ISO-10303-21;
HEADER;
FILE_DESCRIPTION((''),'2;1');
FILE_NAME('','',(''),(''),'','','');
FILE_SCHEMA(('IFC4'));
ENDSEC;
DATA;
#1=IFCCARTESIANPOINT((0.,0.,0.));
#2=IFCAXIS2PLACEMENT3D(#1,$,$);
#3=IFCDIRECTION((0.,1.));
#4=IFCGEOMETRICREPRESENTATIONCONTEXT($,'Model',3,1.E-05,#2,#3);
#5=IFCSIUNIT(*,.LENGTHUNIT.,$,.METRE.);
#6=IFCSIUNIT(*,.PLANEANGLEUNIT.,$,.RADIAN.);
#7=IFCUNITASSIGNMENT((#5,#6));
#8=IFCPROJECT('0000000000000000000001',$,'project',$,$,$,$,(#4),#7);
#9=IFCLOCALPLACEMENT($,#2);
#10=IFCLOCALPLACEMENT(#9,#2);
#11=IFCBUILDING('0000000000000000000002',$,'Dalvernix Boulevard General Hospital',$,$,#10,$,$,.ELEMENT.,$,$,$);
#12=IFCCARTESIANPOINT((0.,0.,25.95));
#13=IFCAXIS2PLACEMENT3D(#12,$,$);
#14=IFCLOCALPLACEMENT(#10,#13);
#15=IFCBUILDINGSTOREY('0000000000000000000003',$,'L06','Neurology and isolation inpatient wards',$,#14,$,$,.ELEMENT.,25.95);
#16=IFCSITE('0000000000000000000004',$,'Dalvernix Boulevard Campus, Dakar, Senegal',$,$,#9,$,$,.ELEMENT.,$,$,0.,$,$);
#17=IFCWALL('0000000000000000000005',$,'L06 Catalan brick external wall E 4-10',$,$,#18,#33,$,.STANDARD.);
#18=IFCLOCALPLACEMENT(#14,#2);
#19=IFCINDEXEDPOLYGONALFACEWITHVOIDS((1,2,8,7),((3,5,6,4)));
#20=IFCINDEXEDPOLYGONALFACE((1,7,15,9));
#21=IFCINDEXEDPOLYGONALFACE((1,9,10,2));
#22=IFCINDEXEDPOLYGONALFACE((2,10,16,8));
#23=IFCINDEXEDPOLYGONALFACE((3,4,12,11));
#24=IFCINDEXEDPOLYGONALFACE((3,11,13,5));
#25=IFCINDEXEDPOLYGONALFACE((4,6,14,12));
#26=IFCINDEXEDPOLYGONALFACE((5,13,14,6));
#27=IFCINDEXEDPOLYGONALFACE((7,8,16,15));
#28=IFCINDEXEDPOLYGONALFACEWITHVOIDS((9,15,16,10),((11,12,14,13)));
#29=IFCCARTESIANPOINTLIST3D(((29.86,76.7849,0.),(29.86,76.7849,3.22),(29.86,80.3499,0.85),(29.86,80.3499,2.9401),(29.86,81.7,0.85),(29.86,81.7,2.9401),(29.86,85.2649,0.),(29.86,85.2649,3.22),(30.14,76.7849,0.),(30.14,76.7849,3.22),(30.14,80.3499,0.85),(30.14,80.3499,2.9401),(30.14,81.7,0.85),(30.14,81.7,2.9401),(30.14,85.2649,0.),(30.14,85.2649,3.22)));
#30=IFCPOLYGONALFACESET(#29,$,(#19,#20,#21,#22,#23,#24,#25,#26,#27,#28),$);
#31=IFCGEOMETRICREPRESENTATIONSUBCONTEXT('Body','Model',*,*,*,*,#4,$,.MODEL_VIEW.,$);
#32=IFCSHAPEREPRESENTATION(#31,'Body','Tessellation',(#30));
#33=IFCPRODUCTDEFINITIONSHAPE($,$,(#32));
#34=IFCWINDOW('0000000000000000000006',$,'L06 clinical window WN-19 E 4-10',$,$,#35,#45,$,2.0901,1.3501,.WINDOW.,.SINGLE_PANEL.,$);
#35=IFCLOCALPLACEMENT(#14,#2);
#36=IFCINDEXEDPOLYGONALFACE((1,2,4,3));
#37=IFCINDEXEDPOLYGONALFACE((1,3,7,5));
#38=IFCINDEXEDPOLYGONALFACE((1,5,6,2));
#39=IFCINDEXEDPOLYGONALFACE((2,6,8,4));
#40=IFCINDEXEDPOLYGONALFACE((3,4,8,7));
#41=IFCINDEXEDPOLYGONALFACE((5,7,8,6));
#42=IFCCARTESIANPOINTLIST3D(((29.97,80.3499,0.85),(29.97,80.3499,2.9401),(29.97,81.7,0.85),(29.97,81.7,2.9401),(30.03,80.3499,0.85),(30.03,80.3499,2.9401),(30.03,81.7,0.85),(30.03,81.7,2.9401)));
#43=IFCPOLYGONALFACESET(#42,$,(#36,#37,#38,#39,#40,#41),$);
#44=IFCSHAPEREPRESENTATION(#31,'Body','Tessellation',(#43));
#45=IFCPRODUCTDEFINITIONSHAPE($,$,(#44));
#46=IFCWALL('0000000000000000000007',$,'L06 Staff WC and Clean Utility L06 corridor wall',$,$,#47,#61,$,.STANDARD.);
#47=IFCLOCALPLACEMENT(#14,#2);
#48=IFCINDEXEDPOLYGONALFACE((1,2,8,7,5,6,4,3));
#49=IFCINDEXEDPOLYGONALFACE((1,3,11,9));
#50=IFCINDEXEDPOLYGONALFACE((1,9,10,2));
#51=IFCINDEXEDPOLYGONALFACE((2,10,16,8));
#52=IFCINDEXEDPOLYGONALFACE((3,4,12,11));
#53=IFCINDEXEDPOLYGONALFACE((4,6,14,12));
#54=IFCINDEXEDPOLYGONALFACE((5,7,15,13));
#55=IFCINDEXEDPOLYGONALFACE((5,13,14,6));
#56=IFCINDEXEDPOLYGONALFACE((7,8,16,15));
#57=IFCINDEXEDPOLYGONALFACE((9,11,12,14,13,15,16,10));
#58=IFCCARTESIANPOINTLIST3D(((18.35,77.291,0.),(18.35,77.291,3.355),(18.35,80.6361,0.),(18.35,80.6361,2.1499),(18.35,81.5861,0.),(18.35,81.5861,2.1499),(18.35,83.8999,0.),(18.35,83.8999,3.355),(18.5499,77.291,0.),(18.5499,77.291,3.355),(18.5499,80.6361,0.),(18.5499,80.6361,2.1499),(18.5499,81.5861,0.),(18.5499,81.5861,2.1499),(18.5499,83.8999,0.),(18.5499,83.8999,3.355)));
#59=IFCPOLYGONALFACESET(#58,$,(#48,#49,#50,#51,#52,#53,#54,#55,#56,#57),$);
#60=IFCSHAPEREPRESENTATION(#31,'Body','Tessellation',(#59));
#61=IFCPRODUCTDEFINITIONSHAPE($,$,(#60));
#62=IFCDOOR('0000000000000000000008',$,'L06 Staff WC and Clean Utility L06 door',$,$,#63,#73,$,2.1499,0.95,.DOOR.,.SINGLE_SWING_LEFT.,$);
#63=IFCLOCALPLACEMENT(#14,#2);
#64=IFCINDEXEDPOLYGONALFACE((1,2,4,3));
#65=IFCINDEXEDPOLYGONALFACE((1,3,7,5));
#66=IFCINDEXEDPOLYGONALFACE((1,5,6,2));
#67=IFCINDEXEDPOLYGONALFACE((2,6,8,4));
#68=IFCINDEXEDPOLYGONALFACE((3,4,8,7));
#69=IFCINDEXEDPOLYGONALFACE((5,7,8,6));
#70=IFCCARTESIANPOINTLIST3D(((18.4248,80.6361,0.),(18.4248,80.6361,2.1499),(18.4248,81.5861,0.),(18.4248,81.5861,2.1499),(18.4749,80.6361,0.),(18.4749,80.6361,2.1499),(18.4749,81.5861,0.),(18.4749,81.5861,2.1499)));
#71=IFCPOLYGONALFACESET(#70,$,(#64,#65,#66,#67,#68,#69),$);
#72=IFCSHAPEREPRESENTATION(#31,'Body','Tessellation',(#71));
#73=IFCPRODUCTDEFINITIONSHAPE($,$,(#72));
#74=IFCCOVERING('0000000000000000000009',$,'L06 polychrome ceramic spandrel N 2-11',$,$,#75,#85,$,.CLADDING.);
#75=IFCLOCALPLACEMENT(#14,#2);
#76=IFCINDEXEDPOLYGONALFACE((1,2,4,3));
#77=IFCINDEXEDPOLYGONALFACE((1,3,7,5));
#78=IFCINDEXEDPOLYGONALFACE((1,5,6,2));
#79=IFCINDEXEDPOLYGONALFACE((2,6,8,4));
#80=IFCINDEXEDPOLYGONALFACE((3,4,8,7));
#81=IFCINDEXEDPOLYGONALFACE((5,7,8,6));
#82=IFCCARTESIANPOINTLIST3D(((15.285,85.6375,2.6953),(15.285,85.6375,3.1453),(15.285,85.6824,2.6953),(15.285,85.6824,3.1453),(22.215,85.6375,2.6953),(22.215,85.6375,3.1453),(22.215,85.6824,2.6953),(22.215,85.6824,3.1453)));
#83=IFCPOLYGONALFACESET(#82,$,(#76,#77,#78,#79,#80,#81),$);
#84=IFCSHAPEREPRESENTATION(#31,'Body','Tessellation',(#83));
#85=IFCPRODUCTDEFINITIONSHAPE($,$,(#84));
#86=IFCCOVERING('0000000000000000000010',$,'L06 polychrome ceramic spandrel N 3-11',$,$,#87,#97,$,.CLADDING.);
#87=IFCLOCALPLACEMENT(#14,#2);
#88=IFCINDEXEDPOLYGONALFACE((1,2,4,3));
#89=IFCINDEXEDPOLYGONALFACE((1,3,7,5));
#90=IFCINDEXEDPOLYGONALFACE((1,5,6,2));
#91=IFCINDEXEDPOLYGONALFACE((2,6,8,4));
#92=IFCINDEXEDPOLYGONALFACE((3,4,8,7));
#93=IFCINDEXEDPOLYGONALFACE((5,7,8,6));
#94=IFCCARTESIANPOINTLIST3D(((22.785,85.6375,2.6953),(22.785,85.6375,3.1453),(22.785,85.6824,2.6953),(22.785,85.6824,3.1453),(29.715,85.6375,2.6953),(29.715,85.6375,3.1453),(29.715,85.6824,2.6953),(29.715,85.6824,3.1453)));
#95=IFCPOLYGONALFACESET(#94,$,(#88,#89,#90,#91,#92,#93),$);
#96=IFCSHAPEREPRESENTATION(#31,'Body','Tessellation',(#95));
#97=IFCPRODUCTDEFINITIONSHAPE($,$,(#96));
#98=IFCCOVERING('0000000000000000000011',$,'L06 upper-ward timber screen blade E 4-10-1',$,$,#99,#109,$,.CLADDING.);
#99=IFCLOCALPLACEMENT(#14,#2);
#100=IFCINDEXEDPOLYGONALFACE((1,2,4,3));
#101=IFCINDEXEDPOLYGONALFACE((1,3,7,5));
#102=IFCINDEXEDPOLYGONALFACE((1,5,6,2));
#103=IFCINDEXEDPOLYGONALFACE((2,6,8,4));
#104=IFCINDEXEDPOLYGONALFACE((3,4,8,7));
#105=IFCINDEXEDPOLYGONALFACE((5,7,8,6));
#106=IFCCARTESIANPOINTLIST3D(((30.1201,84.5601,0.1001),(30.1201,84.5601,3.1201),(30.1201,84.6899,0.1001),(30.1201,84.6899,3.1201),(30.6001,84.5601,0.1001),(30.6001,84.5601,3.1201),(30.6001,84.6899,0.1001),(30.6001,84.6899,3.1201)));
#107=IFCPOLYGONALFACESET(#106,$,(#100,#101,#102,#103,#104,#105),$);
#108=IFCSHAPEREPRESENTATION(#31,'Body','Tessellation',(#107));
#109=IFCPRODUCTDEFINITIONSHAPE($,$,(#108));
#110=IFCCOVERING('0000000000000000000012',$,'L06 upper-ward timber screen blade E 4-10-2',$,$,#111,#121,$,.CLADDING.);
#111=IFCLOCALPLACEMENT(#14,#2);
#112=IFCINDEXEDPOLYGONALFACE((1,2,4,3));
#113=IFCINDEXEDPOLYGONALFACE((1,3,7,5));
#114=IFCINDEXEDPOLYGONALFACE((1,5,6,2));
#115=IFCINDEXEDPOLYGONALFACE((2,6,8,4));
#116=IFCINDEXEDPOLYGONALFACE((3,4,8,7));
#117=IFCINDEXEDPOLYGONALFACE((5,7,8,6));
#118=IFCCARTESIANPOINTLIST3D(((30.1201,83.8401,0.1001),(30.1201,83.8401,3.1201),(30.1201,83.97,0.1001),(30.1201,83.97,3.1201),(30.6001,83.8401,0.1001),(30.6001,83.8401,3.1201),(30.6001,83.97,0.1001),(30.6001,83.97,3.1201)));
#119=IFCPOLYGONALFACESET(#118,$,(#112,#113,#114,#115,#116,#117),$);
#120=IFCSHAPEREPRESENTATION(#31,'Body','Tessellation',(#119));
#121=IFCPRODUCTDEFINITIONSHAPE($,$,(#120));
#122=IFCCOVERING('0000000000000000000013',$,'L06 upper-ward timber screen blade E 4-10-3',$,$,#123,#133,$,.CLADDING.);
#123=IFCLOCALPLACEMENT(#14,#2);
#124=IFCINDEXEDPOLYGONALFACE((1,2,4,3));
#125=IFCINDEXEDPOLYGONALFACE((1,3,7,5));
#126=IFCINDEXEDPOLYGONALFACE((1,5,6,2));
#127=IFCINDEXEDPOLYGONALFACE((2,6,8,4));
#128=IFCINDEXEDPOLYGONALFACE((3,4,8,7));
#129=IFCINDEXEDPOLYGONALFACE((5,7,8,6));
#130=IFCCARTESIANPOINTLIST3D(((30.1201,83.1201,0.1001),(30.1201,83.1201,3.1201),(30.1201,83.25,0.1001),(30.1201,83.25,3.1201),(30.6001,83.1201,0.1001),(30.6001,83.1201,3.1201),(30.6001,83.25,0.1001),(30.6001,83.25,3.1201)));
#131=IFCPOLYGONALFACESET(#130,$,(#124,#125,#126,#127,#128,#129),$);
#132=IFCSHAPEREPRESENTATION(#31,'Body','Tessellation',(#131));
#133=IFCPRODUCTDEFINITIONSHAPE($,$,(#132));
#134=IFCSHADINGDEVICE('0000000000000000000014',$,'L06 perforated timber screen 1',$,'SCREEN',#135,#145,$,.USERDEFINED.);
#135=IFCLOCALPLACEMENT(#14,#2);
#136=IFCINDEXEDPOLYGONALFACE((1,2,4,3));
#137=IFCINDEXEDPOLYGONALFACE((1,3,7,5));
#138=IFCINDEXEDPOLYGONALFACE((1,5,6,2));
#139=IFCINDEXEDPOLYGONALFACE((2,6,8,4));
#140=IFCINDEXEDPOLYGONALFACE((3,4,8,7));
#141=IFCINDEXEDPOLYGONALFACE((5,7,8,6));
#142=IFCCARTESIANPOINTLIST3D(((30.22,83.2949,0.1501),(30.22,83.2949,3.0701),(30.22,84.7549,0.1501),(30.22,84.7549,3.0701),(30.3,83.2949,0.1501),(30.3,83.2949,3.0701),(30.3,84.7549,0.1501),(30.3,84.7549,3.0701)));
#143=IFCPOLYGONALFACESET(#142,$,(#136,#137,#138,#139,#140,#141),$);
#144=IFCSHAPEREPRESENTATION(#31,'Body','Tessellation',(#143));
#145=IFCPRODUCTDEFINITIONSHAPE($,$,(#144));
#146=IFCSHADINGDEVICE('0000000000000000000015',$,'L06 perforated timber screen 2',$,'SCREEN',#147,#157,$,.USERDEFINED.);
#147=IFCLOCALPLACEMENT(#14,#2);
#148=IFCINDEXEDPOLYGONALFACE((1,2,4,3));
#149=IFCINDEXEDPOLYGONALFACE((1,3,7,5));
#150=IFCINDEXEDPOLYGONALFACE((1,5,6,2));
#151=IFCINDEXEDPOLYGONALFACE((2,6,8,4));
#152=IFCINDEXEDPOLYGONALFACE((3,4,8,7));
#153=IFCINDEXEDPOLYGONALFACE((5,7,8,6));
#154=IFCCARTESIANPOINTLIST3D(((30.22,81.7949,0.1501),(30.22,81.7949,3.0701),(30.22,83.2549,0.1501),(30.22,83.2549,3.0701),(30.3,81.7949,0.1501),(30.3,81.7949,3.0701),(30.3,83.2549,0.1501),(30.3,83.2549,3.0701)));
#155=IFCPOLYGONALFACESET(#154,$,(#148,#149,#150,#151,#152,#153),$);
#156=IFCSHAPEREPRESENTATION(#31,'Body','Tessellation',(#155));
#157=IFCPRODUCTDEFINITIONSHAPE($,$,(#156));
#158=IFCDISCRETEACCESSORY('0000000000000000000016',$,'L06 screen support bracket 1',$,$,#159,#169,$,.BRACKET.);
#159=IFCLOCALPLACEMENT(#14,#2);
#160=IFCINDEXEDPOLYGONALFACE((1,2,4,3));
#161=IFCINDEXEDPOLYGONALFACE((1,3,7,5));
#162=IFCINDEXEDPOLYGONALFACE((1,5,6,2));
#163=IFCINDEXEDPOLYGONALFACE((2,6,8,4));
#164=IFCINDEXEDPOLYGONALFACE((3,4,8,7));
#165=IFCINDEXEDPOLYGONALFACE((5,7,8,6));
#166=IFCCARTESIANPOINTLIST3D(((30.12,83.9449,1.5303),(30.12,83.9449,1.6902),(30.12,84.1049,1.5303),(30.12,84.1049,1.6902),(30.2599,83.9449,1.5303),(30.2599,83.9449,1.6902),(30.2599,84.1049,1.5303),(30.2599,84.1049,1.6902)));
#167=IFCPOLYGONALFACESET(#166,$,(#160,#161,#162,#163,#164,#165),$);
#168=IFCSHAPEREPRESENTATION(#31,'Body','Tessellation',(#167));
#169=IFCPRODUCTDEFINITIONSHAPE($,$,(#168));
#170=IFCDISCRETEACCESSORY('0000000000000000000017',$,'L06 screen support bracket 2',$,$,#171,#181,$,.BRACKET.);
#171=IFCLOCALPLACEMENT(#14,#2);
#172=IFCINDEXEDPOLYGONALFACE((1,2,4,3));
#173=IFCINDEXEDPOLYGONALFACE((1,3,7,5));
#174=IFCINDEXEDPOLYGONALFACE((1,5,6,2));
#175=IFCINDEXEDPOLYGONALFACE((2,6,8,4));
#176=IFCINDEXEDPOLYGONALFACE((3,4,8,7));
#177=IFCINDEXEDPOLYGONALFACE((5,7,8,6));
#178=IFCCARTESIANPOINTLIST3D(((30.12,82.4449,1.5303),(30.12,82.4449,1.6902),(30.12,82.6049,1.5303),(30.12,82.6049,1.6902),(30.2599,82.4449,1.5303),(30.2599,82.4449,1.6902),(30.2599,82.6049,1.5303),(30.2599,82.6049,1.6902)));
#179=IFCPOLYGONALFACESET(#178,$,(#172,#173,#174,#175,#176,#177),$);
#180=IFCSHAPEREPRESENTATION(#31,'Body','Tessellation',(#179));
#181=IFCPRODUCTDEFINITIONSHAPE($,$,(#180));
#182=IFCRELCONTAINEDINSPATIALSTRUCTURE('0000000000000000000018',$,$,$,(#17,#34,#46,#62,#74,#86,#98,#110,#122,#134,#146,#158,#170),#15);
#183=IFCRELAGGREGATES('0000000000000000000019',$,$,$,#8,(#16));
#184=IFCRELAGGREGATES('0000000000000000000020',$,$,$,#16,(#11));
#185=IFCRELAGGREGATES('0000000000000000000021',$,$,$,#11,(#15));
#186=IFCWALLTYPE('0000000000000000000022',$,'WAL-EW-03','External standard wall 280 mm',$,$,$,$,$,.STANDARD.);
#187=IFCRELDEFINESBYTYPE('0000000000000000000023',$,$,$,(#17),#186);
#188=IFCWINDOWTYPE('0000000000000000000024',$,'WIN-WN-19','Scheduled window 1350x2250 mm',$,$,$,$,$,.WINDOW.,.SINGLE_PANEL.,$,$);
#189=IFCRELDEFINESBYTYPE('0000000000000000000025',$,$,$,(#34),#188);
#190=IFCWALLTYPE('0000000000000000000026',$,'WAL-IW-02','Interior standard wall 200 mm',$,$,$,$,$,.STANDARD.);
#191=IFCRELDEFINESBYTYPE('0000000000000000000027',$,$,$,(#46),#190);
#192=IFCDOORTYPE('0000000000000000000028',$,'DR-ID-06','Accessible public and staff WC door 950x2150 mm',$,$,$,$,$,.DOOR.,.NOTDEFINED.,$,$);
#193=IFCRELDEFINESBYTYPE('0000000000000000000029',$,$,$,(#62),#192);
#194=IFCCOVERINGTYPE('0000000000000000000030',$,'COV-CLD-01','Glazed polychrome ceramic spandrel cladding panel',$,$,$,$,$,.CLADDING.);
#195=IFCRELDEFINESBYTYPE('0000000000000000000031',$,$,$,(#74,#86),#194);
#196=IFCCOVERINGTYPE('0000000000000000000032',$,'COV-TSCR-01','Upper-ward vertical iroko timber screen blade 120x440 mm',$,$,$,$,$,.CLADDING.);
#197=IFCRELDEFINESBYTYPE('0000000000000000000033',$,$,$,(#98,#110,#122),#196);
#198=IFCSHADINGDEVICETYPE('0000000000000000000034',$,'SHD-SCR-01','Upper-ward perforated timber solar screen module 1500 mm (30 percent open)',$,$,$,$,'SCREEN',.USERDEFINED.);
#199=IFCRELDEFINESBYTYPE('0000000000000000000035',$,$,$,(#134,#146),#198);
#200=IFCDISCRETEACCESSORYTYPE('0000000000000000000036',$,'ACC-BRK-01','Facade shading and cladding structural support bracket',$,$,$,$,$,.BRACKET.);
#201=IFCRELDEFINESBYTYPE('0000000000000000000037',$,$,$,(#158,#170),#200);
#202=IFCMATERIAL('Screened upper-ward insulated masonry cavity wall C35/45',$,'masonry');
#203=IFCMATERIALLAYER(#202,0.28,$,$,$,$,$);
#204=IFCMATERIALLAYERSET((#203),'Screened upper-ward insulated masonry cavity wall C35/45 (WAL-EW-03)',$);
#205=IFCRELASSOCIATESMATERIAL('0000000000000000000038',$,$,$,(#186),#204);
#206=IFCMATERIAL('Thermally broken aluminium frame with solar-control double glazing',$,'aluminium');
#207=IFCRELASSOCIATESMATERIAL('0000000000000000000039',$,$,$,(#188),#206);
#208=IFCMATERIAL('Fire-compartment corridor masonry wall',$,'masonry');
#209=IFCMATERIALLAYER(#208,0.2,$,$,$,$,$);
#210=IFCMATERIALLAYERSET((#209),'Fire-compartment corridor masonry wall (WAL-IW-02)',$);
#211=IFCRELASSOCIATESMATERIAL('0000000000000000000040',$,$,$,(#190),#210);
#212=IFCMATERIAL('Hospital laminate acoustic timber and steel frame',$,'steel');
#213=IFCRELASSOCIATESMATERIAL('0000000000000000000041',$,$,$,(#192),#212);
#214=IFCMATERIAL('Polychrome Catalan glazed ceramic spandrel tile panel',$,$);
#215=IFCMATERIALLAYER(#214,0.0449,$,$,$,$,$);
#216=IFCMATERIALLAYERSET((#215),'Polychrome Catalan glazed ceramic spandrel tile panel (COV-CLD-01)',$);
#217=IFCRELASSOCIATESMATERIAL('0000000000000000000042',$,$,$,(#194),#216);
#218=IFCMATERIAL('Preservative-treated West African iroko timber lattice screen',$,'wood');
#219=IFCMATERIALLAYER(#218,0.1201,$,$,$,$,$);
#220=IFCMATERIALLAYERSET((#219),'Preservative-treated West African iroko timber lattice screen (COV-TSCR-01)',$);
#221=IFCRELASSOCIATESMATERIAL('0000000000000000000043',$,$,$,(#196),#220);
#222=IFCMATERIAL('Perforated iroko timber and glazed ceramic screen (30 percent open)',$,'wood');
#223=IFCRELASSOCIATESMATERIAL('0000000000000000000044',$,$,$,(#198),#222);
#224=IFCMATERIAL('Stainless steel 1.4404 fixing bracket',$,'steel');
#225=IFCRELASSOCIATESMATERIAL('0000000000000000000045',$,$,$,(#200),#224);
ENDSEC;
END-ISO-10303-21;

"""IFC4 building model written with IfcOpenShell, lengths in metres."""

from ifc_helpers import new_model, si_unit, direction, frame, frame_2d, origin, origin_2d, place, context, subcontext, project, spatial, rectangle, extrude, material, layer, layer_set, type_object, element, fill, save


model = new_model("IFC4")

# Units and contexts
model_context = context("Model", 3, precision=1e-05, world=origin(), true_north=direction((0.0, 1.0)))
body_context = subcontext(model_context, "Body", "Model", "MODEL_VIEW")
ifc_project = project(units=[si_unit("LENGTHUNIT", "METRE"), si_unit("PLANEANGLEUNIT", "RADIAN")], contexts=[model_context])

# Site, building, storey
site_placement = place(None, origin())
site = spatial("IfcSite", under=ifc_project, at=site_placement, Name="Dalvernix Boulevard Campus, Dakar, Senegal", CompositionType="ELEMENT", RefElevation=0.0)
building_placement = place(site_placement, origin())
building = spatial("IfcBuilding", under=site, at=building_placement, Name="Dalvernix Boulevard General Hospital", CompositionType="ELEMENT")
storey_placement = place(building_placement, frame((0.0, 0.0, 25.95)))
storey = spatial("IfcBuildingStorey", under=building, at=storey_placement, Name="L06", Description="Neurology and isolation inpatient wards", CompositionType="ELEMENT", Elevation=25.95)

# Shared definitions
ifc_material_1 = material(Name="Screened upper-ward insulated masonry cavity wall C35/45", Category="masonry")
ifc_layer_1 = layer(ifc_material_1, 0.28)
ifc_layer_set_1 = layer_set([ifc_layer_1], Name="Screened upper-ward insulated masonry cavity wall C35/45 (WAL-EW-03)")
wall_type_1 = type_object("IfcWallType", Name="WAL-EW-03", Description="External standard wall 280 mm", PredefinedType="STANDARD", material=ifc_layer_set_1)

# Wall, opening, window
wall_1_placement = place(storey_placement, frame((30.0, 85.2649, 0.0), z_axis=(0.0, 0.0, 1.0), x_axis=(0.0, -1.0, 0.0)))
wall_1 = element("IfcWall", 1, at=wall_1_placement, inside=storey, type_object=wall_type_1, Name="L06 Catalan brick external wall E 4-10", PredefinedType="STANDARD", context=body_context, shape_type="SweptSolid", body=[
    extrude(rectangle(XDim=8.48, YDim=0.28, at=frame_2d((4.24, 0.0))), origin(), (0.0, 0.0, 1.0), 3.22),
])
opening_1_placement = place(wall_1_placement, frame((3.5649, 0.0, 0.8501)))
opening_1 = element("IfcOpeningElement", 2, at=opening_1_placement, cuts=wall_1, PredefinedType="OPENING", context=body_context, shape_type="SweptSolid", body=[
    extrude(rectangle(XDim=1.3501, YDim=2.0901, at=frame_2d((0.675, 1.0449))), frame((0.0, 0.1499, 0.0), z_axis=(0.0, -1.0, 0.0), x_axis=(1.0, 0.0, 0.0)), (0.0, 0.0, 1.0), 0.3),
])
ifc_material_2 = material(Name="Thermally broken aluminium frame with solar-control double glazing", Category="aluminium")
window_type = type_object("IfcWindowType", Name="WIN-WN-19", Description="Scheduled window 1350x2250 mm", PartitioningType="SINGLE_PANEL", PredefinedType="WINDOW", material=ifc_material_2)
window_placement = place(opening_1_placement, origin())
window = element("IfcWindow", 3, at=window_placement, inside=storey, type_object=window_type, Name="L06 clinical window WN-19 E 4-10", OverallHeight=2.0901, OverallWidth=1.3501, PartitioningType="SINGLE_PANEL", PredefinedType="WINDOW", context=body_context, shape_type="SweptSolid", body=[
    extrude(rectangle(XDim=1.3501, YDim=2.0901, at=frame_2d((0.675, 1.0449))), frame((0.0, 0.03, 0.0), z_axis=(0.0, -1.0, 0.0), x_axis=(1.0, 0.0, 0.0)), (0.0, 0.0, 1.0), 0.0601),
])
fill(opening_1, window)

# Wall, opening, door
ifc_material_3 = material(Name="Fire-compartment corridor masonry wall", Category="masonry")
ifc_layer_2 = layer(ifc_material_3, 0.2)
ifc_layer_set_2 = layer_set([ifc_layer_2], Name="Fire-compartment corridor masonry wall (WAL-IW-02)")
wall_type_2 = type_object("IfcWallType", Name="WAL-IW-02", Description="Interior standard wall 200 mm", PredefinedType="STANDARD", material=ifc_layer_set_2)
wall_2_placement = place(storey_placement, frame((18.45, 83.8999, 0.0), z_axis=(0.0, 0.0, 1.0), x_axis=(0.0, -1.0, 0.0)))
wall_2 = element("IfcWall", 4, at=wall_2_placement, inside=storey, type_object=wall_type_2, Name="L06 Staff WC and Clean Utility L06 corridor wall", PredefinedType="STANDARD", context=body_context, shape_type="SweptSolid", body=[
    extrude(rectangle(XDim=6.6089, YDim=0.2, at=frame_2d((3.3044, 0.0))), origin(), (0.0, 0.0, 1.0), 3.355),
])
opening_2_placement = place(wall_2_placement, frame((2.3137, 0.0, 0.0)))
opening_2 = element("IfcOpeningElement", 5, at=opening_2_placement, cuts=wall_2, PredefinedType="OPENING", context=body_context, shape_type="SweptSolid", body=[
    extrude(rectangle(XDim=0.95, YDim=2.1499, at=frame_2d((0.4751, 1.075))), frame((0.0, 0.1099, 0.0), z_axis=(0.0, -1.0, 0.0), x_axis=(1.0, 0.0, 0.0)), (0.0, 0.0, 1.0), 0.22),
])
ifc_material_4 = material(Name="Hospital laminate acoustic timber and steel frame", Category="steel")
door_type_1 = type_object("IfcDoorType", Name="DR-ID-06", Description="Accessible public and staff WC door 950x2150 mm", OperationType="NOTDEFINED", PredefinedType="DOOR", material=ifc_material_4)
door_1_placement = place(opening_2_placement, origin())
door_1 = element("IfcDoor", 6, at=door_1_placement, inside=storey, type_object=door_type_1, Name="L06 Staff WC and Clean Utility L06 door", OperationType="SINGLE_SWING_LEFT", OverallHeight=2.1499, OverallWidth=0.95, PredefinedType="DOOR", context=body_context, shape_type="SweptSolid", body=[
    extrude(rectangle(XDim=0.95, YDim=2.1499, at=frame_2d((0.4751, 1.075))), frame((0.0, 0.0249, 0.0), z_axis=(0.0, -1.0, 0.0), x_axis=(1.0, 0.0, 0.0)), (0.0, 0.0, 1.0), 0.05),
])
fill(opening_2, door_1)

# Coverings
ifc_material_5 = material(Name="Polychrome Catalan glazed ceramic spandrel tile panel")
ifc_layer_3 = layer(ifc_material_5, 0.0449)
ifc_layer_set_3 = layer_set([ifc_layer_3], Name="Polychrome Catalan glazed ceramic spandrel tile panel (COV-CLD-01)")
covering_type_1 = type_object("IfcCoveringType", Name="COV-CLD-01", Description="Glazed polychrome ceramic spandrel cladding panel", PredefinedType="CLADDING", material=ifc_layer_set_3)
for number, where, z_axis, x_axis, name in (
    (7, (18.75, 85.6599, 2.6953), (0.0, 0.0, 1.0), (1.0, 0.0, 0.0), "L06 polychrome ceramic spandrel N 2-11"),
    (8, (26.25, 85.6599, 2.6953), (0.0, 0.0, 1.0), (1.0, 0.0, 0.0), "L06 polychrome ceramic spandrel N 3-11"),
):
    element("IfcCovering", number, at=place(storey_placement, frame(where, z_axis=z_axis, x_axis=x_axis)), inside=storey, type_object=covering_type_1, Name=name, PredefinedType="CLADDING", context=body_context, shape_type="SweptSolid", body=[
        extrude(rectangle(XDim=6.9299, YDim=0.0449, at=origin_2d()), origin(), (0.0, 0.0, 1.0), 0.45),
    ])
ifc_material_6 = material(Name="Preservative-treated West African iroko timber lattice screen", Category="wood")
ifc_layer_4 = layer(ifc_material_6, 0.1201)
ifc_layer_set_4 = layer_set([ifc_layer_4], Name="Preservative-treated West African iroko timber lattice screen (COV-TSCR-01)")
covering_type_2 = type_object("IfcCoveringType", Name="COV-TSCR-01", Description="Upper-ward vertical iroko timber screen blade 120x440 mm", PredefinedType="CLADDING", material=ifc_layer_set_4)
for number, where, z_axis, x_axis, name in (
    (9, (30.3601, 84.625, 0.1001), (0.0, 0.0, 1.0), (0.0, -1.0, 0.0), "L06 upper-ward timber screen blade E 4-10-1"),
    (10, (30.3601, 83.905, 0.1001), (0.0, 0.0, 1.0), (0.0, -1.0, 0.0), "L06 upper-ward timber screen blade E 4-10-2"),
    (11, (30.3601, 83.1851, 0.1001), (0.0, 0.0, 1.0), (0.0, -1.0, 0.0), "L06 upper-ward timber screen blade E 4-10-3"),
):
    element("IfcCovering", number, at=place(storey_placement, frame(where, z_axis=z_axis, x_axis=x_axis)), inside=storey, type_object=covering_type_2, Name=name, PredefinedType="CLADDING", context=body_context, shape_type="SweptSolid", body=[
        extrude(rectangle(XDim=0.1299, YDim=0.48, at=origin_2d()), origin(), (0.0, 0.0, 1.0), 3.02),
    ])

# Shading devices
ifc_material_7 = material(Name="Perforated iroko timber and glazed ceramic screen (30 percent open)", Category="wood")
shading_device_type = type_object("IfcShadingDeviceType", Name="SHD-SCR-01", Description="Upper-ward perforated timber solar screen module 1500 mm (30 percent open)", ElementType="SCREEN", PredefinedType="USERDEFINED", material=ifc_material_7)
for number, where, z_axis, x_axis, name in (
    (12, (30.26, 84.0249, 0.1501), (0.0, 0.0, 1.0), (0.0, -1.0, 0.0), "L06 perforated timber screen 1"),
    (13, (30.26, 82.5249, 0.1501), (0.0, 0.0, 1.0), (0.0, -1.0, 0.0), "L06 perforated timber screen 2"),
):
    element("IfcShadingDevice", number, at=place(storey_placement, frame(where, z_axis=z_axis, x_axis=x_axis)), inside=storey, type_object=shading_device_type, Name=name, ObjectType="SCREEN", PredefinedType="USERDEFINED", context=body_context, shape_type="SweptSolid", body=[
        extrude(rectangle(XDim=1.46, YDim=0.0801, at=origin_2d()), origin(), (0.0, 0.0, 1.0), 2.9199),
    ])

# Discrete accessories
ifc_material_8 = material(Name="Stainless steel 1.4404 fixing bracket", Category="steel")
discrete_accessory_type = type_object("IfcDiscreteAccessoryType", Name="ACC-BRK-01", Description="Facade shading and cladding structural support bracket", PredefinedType="BRACKET", material=ifc_material_8)
for number, where, z_axis, x_axis, name in (
    (14, (30.1899, 84.0249, 1.5303), (0.0, 0.0, 1.0), (0.0, -1.0, 0.0), "L06 screen support bracket 1"),
    (15, (30.1899, 82.5249, 1.5303), (0.0, 0.0, 1.0), (0.0, -1.0, 0.0), "L06 screen support bracket 2"),
):
    element("IfcDiscreteAccessory", number, at=place(storey_placement, frame(where, z_axis=z_axis, x_axis=x_axis)), inside=storey, type_object=discrete_accessory_type, Name=name, PredefinedType="BRACKET", context=body_context, shape_type="SweptSolid", body=[
        extrude(rectangle(XDim=0.1599, YDim=0.1399, at=origin_2d()), origin(), (0.0, 0.0, 1.0), 0.1599),
    ])

save(model, "model.ifc")
